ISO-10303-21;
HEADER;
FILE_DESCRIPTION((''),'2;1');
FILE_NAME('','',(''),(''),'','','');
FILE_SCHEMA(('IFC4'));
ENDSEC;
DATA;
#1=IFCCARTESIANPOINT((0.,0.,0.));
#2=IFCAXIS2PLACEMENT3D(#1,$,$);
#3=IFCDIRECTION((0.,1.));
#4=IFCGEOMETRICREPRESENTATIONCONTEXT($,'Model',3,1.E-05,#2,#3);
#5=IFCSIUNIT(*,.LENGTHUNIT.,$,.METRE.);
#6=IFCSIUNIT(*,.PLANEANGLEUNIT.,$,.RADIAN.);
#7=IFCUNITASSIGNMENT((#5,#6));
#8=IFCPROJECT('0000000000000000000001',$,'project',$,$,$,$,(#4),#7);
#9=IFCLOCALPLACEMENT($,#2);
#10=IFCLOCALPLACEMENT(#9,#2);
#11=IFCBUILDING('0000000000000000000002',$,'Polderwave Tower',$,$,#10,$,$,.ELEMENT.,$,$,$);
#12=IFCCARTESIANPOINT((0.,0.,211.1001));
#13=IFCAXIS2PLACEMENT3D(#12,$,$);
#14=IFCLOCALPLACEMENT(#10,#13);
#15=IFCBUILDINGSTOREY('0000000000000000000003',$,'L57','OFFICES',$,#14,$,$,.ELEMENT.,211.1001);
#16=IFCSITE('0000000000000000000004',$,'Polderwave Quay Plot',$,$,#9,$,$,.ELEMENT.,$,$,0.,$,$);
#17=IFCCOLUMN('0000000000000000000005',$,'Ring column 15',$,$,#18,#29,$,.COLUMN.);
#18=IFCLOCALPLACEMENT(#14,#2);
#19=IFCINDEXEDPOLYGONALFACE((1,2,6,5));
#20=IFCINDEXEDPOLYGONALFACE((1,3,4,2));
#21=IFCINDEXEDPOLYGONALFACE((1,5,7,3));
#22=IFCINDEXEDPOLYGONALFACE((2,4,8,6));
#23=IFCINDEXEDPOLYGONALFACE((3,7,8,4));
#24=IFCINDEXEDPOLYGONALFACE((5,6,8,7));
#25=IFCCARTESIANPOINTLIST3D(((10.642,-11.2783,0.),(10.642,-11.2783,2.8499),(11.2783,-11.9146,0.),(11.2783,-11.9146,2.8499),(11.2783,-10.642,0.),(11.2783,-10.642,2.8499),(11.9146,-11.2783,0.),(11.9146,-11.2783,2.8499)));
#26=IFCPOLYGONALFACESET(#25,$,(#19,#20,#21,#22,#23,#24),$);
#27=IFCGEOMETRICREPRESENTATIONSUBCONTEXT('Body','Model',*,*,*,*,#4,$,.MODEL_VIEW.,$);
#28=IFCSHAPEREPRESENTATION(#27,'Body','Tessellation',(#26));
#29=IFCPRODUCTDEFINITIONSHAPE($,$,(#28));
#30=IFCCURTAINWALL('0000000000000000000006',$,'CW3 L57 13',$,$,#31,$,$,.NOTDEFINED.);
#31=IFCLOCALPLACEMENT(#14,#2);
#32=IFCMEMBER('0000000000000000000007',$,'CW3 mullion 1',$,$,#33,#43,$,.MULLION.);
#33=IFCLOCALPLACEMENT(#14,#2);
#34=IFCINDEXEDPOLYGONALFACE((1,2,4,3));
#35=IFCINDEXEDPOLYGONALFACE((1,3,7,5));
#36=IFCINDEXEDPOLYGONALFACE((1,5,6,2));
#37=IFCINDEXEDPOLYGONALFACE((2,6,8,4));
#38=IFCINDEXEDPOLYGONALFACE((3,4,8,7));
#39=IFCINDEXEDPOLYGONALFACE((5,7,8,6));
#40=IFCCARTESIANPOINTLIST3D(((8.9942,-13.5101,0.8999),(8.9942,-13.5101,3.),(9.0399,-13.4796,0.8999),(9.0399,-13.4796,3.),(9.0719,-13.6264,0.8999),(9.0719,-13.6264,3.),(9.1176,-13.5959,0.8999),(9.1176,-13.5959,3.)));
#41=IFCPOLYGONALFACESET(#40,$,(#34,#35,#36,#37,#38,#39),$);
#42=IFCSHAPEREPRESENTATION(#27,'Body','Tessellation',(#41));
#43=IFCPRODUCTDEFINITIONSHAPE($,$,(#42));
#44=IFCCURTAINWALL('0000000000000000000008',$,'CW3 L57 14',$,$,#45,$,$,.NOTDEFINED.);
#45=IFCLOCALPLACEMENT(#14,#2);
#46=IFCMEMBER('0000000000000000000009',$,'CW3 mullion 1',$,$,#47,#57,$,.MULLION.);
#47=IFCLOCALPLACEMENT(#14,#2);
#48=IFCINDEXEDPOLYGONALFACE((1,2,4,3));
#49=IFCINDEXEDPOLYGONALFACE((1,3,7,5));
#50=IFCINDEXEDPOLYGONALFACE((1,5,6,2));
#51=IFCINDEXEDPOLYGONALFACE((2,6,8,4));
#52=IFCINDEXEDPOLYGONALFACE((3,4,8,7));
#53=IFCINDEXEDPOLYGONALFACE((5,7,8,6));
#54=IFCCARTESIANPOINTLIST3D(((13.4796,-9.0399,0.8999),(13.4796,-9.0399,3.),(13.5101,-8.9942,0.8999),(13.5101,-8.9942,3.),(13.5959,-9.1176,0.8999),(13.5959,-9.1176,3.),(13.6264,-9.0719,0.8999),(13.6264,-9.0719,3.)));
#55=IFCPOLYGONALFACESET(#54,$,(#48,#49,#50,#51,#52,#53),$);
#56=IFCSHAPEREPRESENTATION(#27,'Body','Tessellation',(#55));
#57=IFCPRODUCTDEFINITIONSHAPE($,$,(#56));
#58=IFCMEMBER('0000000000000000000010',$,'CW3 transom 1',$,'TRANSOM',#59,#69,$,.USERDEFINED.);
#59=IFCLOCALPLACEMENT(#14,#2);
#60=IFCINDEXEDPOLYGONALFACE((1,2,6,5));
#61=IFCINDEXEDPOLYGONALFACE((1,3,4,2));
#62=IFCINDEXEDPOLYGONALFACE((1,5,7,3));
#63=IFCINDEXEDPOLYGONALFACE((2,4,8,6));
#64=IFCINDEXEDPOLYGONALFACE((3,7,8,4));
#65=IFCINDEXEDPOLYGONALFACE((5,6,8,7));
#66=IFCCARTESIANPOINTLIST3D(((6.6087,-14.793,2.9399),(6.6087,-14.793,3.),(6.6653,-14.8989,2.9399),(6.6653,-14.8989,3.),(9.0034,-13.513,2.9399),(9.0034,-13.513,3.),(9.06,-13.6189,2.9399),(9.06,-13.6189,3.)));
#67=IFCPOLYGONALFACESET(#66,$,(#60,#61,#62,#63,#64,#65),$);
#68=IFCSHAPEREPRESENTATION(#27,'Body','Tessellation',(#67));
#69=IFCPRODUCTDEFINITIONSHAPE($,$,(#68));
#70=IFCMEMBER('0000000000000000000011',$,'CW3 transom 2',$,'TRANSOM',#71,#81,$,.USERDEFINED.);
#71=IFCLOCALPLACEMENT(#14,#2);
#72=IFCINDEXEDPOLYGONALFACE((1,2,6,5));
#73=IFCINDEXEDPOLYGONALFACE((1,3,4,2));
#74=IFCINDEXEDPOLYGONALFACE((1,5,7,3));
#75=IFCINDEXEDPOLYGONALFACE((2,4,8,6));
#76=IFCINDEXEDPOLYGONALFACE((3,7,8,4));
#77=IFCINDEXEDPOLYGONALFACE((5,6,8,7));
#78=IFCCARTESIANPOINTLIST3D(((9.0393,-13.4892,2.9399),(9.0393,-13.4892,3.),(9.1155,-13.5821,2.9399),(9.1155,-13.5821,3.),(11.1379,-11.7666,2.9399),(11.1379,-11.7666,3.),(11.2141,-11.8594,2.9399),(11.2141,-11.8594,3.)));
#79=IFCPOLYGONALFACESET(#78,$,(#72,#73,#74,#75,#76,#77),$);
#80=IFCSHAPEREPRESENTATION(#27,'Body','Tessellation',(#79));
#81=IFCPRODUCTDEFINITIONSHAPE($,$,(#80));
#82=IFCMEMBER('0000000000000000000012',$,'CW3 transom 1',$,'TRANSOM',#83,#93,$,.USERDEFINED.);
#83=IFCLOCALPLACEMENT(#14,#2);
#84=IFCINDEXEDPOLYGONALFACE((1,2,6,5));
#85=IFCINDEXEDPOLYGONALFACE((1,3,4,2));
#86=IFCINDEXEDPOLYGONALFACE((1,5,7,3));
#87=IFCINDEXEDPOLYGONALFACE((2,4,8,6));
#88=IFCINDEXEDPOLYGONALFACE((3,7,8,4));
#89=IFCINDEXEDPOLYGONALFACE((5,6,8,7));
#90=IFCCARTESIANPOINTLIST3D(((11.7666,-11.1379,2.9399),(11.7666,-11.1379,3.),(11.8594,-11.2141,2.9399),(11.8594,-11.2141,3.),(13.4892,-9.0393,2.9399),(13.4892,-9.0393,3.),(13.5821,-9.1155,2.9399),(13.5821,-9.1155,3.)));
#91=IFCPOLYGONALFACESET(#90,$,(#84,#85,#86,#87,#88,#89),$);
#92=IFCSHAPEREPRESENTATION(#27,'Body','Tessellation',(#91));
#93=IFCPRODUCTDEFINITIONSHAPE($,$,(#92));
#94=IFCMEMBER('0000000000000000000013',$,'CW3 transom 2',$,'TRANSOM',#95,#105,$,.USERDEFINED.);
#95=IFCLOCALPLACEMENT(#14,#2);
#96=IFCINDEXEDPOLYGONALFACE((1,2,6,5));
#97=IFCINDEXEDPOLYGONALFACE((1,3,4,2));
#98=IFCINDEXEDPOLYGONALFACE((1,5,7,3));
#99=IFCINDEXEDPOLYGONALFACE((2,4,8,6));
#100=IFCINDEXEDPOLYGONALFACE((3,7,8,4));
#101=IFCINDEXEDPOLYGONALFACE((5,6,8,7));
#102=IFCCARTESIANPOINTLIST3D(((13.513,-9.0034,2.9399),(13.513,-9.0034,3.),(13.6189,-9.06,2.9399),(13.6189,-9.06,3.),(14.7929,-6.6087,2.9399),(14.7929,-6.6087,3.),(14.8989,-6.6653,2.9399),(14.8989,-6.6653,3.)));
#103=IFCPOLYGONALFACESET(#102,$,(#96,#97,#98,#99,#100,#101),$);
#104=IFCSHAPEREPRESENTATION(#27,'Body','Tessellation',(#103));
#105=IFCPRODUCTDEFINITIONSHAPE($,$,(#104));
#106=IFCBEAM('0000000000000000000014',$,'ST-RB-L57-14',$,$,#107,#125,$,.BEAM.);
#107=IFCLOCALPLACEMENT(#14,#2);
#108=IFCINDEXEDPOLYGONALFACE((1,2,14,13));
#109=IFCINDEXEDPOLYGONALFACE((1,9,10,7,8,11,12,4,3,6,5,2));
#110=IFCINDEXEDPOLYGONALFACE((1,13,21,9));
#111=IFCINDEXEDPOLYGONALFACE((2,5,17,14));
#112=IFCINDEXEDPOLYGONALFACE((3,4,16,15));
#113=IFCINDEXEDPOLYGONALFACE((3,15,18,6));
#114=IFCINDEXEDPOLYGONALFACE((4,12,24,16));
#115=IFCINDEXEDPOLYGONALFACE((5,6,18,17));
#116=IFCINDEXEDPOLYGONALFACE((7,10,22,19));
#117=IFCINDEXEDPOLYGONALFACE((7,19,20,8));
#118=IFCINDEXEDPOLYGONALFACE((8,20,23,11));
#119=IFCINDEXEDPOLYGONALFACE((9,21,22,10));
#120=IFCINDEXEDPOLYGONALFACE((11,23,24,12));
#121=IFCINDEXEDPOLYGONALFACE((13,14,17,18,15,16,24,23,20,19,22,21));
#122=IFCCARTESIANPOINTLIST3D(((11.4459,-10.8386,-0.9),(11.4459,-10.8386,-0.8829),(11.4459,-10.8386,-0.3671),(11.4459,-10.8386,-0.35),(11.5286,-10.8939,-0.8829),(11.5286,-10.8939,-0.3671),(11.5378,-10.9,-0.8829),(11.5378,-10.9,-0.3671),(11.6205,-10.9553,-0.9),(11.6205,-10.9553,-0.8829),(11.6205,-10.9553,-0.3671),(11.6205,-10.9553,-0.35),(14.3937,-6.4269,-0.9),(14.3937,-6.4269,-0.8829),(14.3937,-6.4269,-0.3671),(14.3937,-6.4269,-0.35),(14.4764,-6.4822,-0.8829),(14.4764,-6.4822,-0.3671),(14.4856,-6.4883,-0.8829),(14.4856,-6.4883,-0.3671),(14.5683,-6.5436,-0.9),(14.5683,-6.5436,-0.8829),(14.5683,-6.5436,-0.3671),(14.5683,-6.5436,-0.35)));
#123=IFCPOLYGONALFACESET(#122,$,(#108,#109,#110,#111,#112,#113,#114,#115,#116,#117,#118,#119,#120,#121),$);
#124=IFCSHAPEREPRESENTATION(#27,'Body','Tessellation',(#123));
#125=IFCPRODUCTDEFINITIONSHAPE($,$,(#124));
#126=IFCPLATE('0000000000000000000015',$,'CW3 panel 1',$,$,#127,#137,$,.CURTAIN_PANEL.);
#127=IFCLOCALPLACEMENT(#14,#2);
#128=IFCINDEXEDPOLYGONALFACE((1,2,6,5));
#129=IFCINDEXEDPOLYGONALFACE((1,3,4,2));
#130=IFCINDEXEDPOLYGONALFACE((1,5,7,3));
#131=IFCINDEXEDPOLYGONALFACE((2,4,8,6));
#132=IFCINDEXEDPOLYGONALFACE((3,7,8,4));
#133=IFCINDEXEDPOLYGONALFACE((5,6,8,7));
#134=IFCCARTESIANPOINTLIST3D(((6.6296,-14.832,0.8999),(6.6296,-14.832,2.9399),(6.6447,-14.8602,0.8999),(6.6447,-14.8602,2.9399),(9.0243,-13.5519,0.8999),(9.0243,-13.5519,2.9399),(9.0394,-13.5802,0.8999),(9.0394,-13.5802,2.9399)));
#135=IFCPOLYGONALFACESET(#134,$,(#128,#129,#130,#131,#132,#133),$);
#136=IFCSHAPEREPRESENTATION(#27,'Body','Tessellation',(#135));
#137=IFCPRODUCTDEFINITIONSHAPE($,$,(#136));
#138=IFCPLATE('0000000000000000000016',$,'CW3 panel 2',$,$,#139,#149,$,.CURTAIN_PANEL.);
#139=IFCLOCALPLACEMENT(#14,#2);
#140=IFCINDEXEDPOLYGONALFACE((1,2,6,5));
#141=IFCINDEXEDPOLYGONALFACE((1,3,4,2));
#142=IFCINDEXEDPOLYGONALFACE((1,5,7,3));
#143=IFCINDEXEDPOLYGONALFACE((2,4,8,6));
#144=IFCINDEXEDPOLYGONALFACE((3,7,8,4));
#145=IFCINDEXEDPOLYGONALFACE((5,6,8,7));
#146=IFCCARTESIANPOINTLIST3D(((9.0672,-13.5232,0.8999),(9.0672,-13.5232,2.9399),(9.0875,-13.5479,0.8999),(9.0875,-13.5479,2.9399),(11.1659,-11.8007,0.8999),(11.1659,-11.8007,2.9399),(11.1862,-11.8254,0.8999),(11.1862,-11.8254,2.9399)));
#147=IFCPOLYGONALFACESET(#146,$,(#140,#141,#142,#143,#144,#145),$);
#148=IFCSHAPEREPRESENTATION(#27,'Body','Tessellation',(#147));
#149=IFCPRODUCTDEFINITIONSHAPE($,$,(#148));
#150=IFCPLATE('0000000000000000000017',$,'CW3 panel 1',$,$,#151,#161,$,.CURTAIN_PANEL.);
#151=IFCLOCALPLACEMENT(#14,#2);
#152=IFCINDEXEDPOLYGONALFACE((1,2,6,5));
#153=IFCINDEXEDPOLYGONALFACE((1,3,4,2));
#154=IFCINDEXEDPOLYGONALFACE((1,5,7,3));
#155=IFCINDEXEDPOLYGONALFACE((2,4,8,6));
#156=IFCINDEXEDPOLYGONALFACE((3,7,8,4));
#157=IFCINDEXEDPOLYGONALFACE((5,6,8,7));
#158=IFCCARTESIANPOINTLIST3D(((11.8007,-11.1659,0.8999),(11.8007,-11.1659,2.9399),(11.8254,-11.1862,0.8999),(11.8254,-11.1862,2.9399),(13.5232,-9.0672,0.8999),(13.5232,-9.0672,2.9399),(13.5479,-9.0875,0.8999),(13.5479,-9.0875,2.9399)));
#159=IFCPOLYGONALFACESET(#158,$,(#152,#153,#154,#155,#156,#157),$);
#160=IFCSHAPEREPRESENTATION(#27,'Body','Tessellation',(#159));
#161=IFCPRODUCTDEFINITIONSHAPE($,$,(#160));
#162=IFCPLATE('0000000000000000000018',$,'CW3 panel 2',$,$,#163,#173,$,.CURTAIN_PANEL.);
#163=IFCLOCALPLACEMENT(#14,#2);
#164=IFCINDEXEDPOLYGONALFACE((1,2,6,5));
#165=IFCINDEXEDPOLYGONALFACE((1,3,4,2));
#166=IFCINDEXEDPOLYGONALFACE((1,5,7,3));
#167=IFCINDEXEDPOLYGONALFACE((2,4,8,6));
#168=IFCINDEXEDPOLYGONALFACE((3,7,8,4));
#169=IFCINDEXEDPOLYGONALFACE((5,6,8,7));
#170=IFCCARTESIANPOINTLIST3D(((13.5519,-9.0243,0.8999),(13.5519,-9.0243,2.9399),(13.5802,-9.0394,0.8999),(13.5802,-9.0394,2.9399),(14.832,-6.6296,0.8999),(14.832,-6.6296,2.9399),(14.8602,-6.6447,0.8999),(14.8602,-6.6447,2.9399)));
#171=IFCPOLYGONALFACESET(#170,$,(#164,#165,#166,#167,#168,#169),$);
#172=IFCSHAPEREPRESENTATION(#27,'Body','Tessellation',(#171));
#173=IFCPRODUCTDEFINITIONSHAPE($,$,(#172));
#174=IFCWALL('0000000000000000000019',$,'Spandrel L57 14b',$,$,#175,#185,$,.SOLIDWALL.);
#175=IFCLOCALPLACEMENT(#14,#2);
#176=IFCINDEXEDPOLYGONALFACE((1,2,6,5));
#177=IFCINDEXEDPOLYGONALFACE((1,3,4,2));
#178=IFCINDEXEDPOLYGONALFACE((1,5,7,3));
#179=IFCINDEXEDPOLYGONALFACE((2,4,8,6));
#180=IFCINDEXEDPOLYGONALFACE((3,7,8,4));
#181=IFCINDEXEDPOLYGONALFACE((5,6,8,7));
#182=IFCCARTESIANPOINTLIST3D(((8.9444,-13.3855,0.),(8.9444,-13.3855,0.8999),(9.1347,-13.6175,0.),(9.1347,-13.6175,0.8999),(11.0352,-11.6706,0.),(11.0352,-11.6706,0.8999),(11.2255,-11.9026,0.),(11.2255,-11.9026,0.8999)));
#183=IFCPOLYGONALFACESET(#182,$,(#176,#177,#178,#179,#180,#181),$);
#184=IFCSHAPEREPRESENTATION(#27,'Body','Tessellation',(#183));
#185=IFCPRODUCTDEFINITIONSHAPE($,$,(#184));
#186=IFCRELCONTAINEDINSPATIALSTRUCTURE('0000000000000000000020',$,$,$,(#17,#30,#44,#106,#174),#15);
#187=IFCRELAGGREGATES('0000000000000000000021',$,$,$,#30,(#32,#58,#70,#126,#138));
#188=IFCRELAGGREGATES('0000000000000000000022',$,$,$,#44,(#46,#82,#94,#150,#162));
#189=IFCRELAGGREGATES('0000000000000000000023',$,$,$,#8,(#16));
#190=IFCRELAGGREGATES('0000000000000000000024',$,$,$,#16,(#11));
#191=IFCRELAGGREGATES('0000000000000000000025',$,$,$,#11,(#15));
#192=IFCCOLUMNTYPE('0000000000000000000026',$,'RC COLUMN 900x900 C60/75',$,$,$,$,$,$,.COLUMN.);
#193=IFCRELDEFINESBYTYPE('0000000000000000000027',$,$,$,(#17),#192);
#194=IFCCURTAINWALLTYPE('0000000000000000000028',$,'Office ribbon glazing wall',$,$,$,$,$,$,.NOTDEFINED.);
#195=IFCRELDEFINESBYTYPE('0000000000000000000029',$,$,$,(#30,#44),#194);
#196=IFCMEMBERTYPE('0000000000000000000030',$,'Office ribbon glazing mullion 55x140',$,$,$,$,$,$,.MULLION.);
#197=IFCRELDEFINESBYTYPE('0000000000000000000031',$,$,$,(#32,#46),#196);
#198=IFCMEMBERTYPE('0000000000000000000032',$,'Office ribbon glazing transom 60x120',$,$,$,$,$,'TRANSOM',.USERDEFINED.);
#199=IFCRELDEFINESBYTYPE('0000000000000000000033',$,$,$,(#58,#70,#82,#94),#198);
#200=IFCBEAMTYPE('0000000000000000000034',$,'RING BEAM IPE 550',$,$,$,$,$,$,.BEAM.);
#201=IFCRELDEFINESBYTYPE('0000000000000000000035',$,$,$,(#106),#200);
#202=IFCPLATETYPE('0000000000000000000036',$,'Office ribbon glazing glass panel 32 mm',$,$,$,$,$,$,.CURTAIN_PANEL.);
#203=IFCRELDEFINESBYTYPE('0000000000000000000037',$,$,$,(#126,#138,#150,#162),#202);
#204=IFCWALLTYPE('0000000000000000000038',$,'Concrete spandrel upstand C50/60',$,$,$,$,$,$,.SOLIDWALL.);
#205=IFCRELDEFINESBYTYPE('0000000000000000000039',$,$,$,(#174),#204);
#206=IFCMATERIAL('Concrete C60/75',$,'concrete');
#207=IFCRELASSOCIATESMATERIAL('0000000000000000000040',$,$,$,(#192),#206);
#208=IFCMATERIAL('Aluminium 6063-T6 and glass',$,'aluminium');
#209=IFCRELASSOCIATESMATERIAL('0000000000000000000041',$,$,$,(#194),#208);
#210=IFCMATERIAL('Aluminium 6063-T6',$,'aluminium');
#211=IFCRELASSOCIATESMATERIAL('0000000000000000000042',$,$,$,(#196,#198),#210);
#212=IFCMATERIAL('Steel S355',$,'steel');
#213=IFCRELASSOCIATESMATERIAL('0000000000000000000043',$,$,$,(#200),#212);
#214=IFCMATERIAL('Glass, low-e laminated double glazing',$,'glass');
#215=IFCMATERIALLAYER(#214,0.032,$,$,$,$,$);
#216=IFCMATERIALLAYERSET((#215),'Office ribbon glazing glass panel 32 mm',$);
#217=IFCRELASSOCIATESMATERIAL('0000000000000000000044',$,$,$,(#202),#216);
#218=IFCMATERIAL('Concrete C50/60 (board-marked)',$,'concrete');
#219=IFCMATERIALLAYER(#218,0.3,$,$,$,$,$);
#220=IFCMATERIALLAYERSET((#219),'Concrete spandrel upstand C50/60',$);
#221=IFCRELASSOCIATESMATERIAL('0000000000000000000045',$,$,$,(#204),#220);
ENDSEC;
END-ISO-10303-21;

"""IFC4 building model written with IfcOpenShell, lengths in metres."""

from ifc_helpers import new_model, si_unit, direction, frame, frame_2d, origin, origin_2d, place, context, subcontext, project, spatial, rectangle, i_section, extrude, material, layer, layer_set, material_profile, profile_set, type_object, element, aggregate, save


model = new_model("IFC4")

# Units and contexts
model_context = context("Model", 3, precision=1e-05, world=origin(), true_north=direction((0.0, 1.0)))
body_context = subcontext(model_context, "Body", "Model", "MODEL_VIEW")
ifc_project = project(units=[si_unit("LENGTHUNIT", "METRE"), si_unit("PLANEANGLEUNIT", "RADIAN")], contexts=[model_context])

# Site, building, storey
site_placement = place(None, origin())
site = spatial("IfcSite", under=ifc_project, at=site_placement, Name="Polderwave Quay Plot", CompositionType="ELEMENT", RefElevation=0.0)
building_placement = place(site_placement, origin())
building = spatial("IfcBuilding", under=site, at=building_placement, Name="Polderwave Tower", CompositionType="ELEMENT")
storey_placement = place(building_placement, frame((0.0, 0.0, 211.1001)))
storey = spatial("IfcBuildingStorey", under=building, at=storey_placement, Name="L57", Description="OFFICES", CompositionType="ELEMENT", Elevation=211.1001)

# Column
ifc_material_1 = material(Name="Concrete C60/75", Category="concrete")
ifc_material_profile_1 = material_profile(ifc_material_1, rectangle(XDim=0.8999, YDim=0.8999, at=origin_2d()), Name="RC 900x900")
ifc_profile_set_1 = profile_set([ifc_material_profile_1], Name="Concrete C60/75")
column_type = type_object("IfcColumnType", Name="RC COLUMN 900x900 C60/75", PredefinedType="COLUMN", material=ifc_profile_set_1)
column_placement = place(storey_placement, frame((11.2783, -11.2783, 0.0), z_axis=(0.0, 0.0, 1.0), x_axis=(0.707107, -0.707107, 0.0)))
element("IfcColumn", 1, at=column_placement, inside=storey, type_object=column_type, Name="Ring column 15", PredefinedType="COLUMN", context=body_context, shape_type="SweptSolid", body=[
    extrude(rectangle(XDim=0.8999, YDim=0.8999, at=origin_2d()), origin(), (0.0, 0.0, 1.0), 2.8499),
])

# Curtain walls, members
ifc_material_2 = material(Name="Aluminium 6063-T6 and glass", Category="aluminium")
curtain_wall_type = type_object("IfcCurtainWallType", Name="Office ribbon glazing wall", PredefinedType="NOTDEFINED", material=ifc_material_2)
curtain_wall_1_placement = place(storey_placement, origin())
curtain_wall_1 = element("IfcCurtainWall", 2, at=curtain_wall_1_placement, inside=storey, type_object=curtain_wall_type, Name="CW3 L57 13", PredefinedType="NOTDEFINED")
ifc_material_3 = material(Name="Aluminium 6063-T6", Category="aluminium")
ifc_material_profile_2 = material_profile(ifc_material_3, rectangle(XDim=0.1399, YDim=0.0549, at=origin_2d()), Name="AL 55x140")
ifc_profile_set_2 = profile_set([ifc_material_profile_2], Name="Aluminium 6063-T6")
member_type_1 = type_object("IfcMemberType", Name="Office ribbon glazing mullion 55x140", PredefinedType="MULLION", material=ifc_profile_set_2)
member_1_placement = place(storey_placement, frame((9.0559, -13.553, 0.8999), z_axis=(0.0, 0.0, 1.0), x_axis=(-0.555592, 0.831455, 0.0)))
member_1 = element("IfcMember", 3, at=member_1_placement, type_object=member_type_1, Name="CW3 mullion 1", PredefinedType="MULLION", context=body_context, shape_type="SweptSolid", body=[
    extrude(rectangle(XDim=0.1399, YDim=0.0549, at=origin_2d()), origin(), (0.0, 0.0, 1.0), 2.1001),
])
curtain_wall_2_placement = place(storey_placement, origin())
curtain_wall_2 = element("IfcCurtainWall", 4, at=curtain_wall_2_placement, inside=storey, type_object=curtain_wall_type, Name="CW3 L57 14", PredefinedType="NOTDEFINED")
member_2_placement = place(storey_placement, frame((13.553, -9.0559, 0.8999), z_axis=(0.0, 0.0, 1.0), x_axis=(-0.831455, 0.555592, 0.0)))
member_2 = element("IfcMember", 5, at=member_2_placement, type_object=member_type_1, Name="CW3 mullion 1", PredefinedType="MULLION", context=body_context, shape_type="SweptSolid", body=[
    extrude(rectangle(XDim=0.1399, YDim=0.0549, at=origin_2d()), origin(), (0.0, 0.0, 1.0), 2.1001),
])

# Members
ifc_material_profile_3 = material_profile(ifc_material_3, rectangle(XDim=0.1201, YDim=0.0601, at=origin_2d()), Name="AL 60x120")
ifc_profile_set_3 = profile_set([ifc_material_profile_3], Name="Aluminium 6063-T6")
member_type_2 = type_object("IfcMemberType", Name="Office ribbon glazing transom 60x120", ElementType="TRANSOM", PredefinedType="USERDEFINED", material=ifc_profile_set_3)
member_3_placement = place(storey_placement, frame((6.637, -14.8459, 2.97), z_axis=(0.881922, 0.471395, 0.0), x_axis=(-0.471395, 0.881922, 0.0)))
member_3 = element("IfcMember", 6, at=member_3_placement, type_object=member_type_2, Name="CW3 transom 1", ObjectType="TRANSOM", PredefinedType="USERDEFINED", context=body_context, shape_type="SweptSolid", body=[
    extrude(rectangle(XDim=0.1201, YDim=0.0601, at=origin_2d()), origin(), (0.0, 0.0, 1.0), 2.7153),
])
member_4_placement = place(storey_placement, frame((9.0774, -13.5356, 2.97), z_axis=(0.772947, 0.634471, 0.0), x_axis=(-0.634471, 0.772947, 0.0)))
member_4 = element("IfcMember", 7, at=member_4_placement, type_object=member_type_2, Name="CW3 transom 2", ObjectType="TRANSOM", PredefinedType="USERDEFINED", context=body_context, shape_type="SweptSolid", body=[
    extrude(rectangle(XDim=0.1201, YDim=0.0601, at=origin_2d()), origin(), (0.0, 0.0, 1.0), 2.7151),
])
member_5_placement = place(storey_placement, frame((11.813, -11.176, 2.97), z_axis=(0.634471, 0.772947, 0.0), x_axis=(-0.772947, 0.634471, 0.0)))
member_5 = element("IfcMember", 8, at=member_5_placement, type_object=member_type_2, Name="CW3 transom 1", ObjectType="TRANSOM", PredefinedType="USERDEFINED", context=body_context, shape_type="SweptSolid", body=[
    extrude(rectangle(XDim=0.1201, YDim=0.0601, at=origin_2d()), origin(), (0.0, 0.0, 1.0), 2.7151),
])
member_6_placement = place(storey_placement, frame((13.5659, -9.0317, 2.97), z_axis=(0.471395, 0.881922, 0.0), x_axis=(-0.881922, 0.471395, 0.0)))
member_6 = element("IfcMember", 9, at=member_6_placement, type_object=member_type_2, Name="CW3 transom 2", ObjectType="TRANSOM", PredefinedType="USERDEFINED", context=body_context, shape_type="SweptSolid", body=[
    extrude(rectangle(XDim=0.1201, YDim=0.0601, at=origin_2d()), origin(), (0.0, 0.0, 1.0), 2.7153),
])

# Beam
ifc_material_4 = material(Name="Steel S355", Category="steel")
ifc_material_profile_4 = material_profile(ifc_material_4, i_section(OverallWidth=0.21, OverallDepth=0.55, WebThickness=0.011, FlangeThickness=0.0171, at=origin_2d()), Name="IPE 550")
ifc_profile_set_4 = profile_set([ifc_material_profile_4], Name="Steel S355")
beam_type = type_object("IfcBeamType", Name="RING BEAM IPE 550", PredefinedType="BEAM", material=ifc_profile_set_4)
beam_placement = place(storey_placement, frame((11.5332, -10.897, -0.625), z_axis=(0.555571, 0.831469, 0.0), x_axis=(-0.831469, 0.555571, 0.0)))
element("IfcBeam", 10, at=beam_placement, inside=storey, type_object=beam_type, Name="ST-RB-L57-14", PredefinedType="BEAM", context=body_context, shape_type="SweptSolid", body=[
    extrude(i_section(OverallWidth=0.21, OverallDepth=0.55, WebThickness=0.011, FlangeThickness=0.0171, at=origin_2d()), origin(), (0.0, 0.0, 1.0), 5.3059),
])

# Plates
ifc_material_5 = material(Name="Glass, low-e laminated double glazing", Category="glass")
ifc_layer_1 = layer(ifc_material_5, 0.032)
ifc_layer_set_1 = layer_set([ifc_layer_1], Name="Office ribbon glazing glass panel 32 mm")
plate_type = type_object("IfcPlateType", Name="Office ribbon glazing glass panel 32 mm", PredefinedType="CURTAIN_PANEL", material=ifc_layer_set_1)
plate_1_placement = place(storey_placement, frame((7.8345, -14.2061, 0.8999), z_axis=(0.0, 0.0, 1.0), x_axis=(0.881919, 0.471401, 0.0)))
plate_1 = element("IfcPlate", 11, at=plate_1_placement, type_object=plate_type, Name="CW3 panel 1", PredefinedType="CURTAIN_PANEL", context=body_context, shape_type="SweptSolid", body=[
    extrude(rectangle(XDim=2.7153, YDim=0.032, at=origin_2d()), origin(), (0.0, 0.0, 1.0), 2.04),
])
plate_2_placement = place(storey_placement, frame((10.1267, -12.6743, 0.8999), z_axis=(0.0, 0.0, 1.0), x_axis=(0.772982, 0.634428, 0.0)))
plate_2 = element("IfcPlate", 12, at=plate_2_placement, type_object=plate_type, Name="CW3 panel 2", PredefinedType="CURTAIN_PANEL", context=body_context, shape_type="SweptSolid", body=[
    extrude(rectangle(XDim=2.7151, YDim=0.032, at=origin_2d()), origin(), (0.0, 0.0, 1.0), 2.04),
])
aggregate(curtain_wall_1, [member_1, member_3, member_4, plate_1, plate_2])
plate_3_placement = place(storey_placement, frame((12.6743, -10.1267, 0.8999), z_axis=(0.0, 0.0, 1.0), x_axis=(0.634428, 0.772982, 0.0)))
plate_3 = element("IfcPlate", 13, at=plate_3_placement, type_object=plate_type, Name="CW3 panel 1", PredefinedType="CURTAIN_PANEL", context=body_context, shape_type="SweptSolid", body=[
    extrude(rectangle(XDim=2.7151, YDim=0.032, at=origin_2d()), origin(), (0.0, 0.0, 1.0), 2.04),
])
plate_4_placement = place(storey_placement, frame((14.2061, -7.8345, 0.8999), z_axis=(0.0, 0.0, 1.0), x_axis=(0.471401, 0.881919, 0.0)))
plate_4 = element("IfcPlate", 14, at=plate_4_placement, type_object=plate_type, Name="CW3 panel 2", PredefinedType="CURTAIN_PANEL", context=body_context, shape_type="SweptSolid", body=[
    extrude(rectangle(XDim=2.7153, YDim=0.032, at=origin_2d()), origin(), (0.0, 0.0, 1.0), 2.04),
])
aggregate(curtain_wall_2, [member_2, member_5, member_6, plate_3, plate_4])

# Wall
ifc_material_6 = material(Name="Concrete C50/60 (board-marked)", Category="concrete")
ifc_layer_2 = layer(ifc_material_6, 0.3)
ifc_layer_set_2 = layer_set([ifc_layer_2], Name="Concrete spandrel upstand C50/60")
wall_type_1 = type_object("IfcWallType", Name="Concrete spandrel upstand C50/60", PredefinedType="SOLIDWALL", material=ifc_layer_set_2)
for number, where, z_axis, x_axis, name in (
    (15, (9.0396, -13.5015, 0.0), (0.0, 0.0, 1.0), (0.7732, 0.634162, 0.0), "Spandrel L57 14b"),
):
    element("IfcWall", number, at=place(storey_placement, frame(where, z_axis=z_axis, x_axis=x_axis)), inside=storey, type_object=wall_type_1, Name=name, PredefinedType="SOLIDWALL", context=body_context, shape_type="SweptSolid", body=[
        extrude(rectangle(XDim=2.7041, YDim=0.3, at=frame_2d((1.3521, 0.0))), origin(), (0.0, 0.0, 1.0), 0.8999),
    ])

save(model, "model.ifc")
